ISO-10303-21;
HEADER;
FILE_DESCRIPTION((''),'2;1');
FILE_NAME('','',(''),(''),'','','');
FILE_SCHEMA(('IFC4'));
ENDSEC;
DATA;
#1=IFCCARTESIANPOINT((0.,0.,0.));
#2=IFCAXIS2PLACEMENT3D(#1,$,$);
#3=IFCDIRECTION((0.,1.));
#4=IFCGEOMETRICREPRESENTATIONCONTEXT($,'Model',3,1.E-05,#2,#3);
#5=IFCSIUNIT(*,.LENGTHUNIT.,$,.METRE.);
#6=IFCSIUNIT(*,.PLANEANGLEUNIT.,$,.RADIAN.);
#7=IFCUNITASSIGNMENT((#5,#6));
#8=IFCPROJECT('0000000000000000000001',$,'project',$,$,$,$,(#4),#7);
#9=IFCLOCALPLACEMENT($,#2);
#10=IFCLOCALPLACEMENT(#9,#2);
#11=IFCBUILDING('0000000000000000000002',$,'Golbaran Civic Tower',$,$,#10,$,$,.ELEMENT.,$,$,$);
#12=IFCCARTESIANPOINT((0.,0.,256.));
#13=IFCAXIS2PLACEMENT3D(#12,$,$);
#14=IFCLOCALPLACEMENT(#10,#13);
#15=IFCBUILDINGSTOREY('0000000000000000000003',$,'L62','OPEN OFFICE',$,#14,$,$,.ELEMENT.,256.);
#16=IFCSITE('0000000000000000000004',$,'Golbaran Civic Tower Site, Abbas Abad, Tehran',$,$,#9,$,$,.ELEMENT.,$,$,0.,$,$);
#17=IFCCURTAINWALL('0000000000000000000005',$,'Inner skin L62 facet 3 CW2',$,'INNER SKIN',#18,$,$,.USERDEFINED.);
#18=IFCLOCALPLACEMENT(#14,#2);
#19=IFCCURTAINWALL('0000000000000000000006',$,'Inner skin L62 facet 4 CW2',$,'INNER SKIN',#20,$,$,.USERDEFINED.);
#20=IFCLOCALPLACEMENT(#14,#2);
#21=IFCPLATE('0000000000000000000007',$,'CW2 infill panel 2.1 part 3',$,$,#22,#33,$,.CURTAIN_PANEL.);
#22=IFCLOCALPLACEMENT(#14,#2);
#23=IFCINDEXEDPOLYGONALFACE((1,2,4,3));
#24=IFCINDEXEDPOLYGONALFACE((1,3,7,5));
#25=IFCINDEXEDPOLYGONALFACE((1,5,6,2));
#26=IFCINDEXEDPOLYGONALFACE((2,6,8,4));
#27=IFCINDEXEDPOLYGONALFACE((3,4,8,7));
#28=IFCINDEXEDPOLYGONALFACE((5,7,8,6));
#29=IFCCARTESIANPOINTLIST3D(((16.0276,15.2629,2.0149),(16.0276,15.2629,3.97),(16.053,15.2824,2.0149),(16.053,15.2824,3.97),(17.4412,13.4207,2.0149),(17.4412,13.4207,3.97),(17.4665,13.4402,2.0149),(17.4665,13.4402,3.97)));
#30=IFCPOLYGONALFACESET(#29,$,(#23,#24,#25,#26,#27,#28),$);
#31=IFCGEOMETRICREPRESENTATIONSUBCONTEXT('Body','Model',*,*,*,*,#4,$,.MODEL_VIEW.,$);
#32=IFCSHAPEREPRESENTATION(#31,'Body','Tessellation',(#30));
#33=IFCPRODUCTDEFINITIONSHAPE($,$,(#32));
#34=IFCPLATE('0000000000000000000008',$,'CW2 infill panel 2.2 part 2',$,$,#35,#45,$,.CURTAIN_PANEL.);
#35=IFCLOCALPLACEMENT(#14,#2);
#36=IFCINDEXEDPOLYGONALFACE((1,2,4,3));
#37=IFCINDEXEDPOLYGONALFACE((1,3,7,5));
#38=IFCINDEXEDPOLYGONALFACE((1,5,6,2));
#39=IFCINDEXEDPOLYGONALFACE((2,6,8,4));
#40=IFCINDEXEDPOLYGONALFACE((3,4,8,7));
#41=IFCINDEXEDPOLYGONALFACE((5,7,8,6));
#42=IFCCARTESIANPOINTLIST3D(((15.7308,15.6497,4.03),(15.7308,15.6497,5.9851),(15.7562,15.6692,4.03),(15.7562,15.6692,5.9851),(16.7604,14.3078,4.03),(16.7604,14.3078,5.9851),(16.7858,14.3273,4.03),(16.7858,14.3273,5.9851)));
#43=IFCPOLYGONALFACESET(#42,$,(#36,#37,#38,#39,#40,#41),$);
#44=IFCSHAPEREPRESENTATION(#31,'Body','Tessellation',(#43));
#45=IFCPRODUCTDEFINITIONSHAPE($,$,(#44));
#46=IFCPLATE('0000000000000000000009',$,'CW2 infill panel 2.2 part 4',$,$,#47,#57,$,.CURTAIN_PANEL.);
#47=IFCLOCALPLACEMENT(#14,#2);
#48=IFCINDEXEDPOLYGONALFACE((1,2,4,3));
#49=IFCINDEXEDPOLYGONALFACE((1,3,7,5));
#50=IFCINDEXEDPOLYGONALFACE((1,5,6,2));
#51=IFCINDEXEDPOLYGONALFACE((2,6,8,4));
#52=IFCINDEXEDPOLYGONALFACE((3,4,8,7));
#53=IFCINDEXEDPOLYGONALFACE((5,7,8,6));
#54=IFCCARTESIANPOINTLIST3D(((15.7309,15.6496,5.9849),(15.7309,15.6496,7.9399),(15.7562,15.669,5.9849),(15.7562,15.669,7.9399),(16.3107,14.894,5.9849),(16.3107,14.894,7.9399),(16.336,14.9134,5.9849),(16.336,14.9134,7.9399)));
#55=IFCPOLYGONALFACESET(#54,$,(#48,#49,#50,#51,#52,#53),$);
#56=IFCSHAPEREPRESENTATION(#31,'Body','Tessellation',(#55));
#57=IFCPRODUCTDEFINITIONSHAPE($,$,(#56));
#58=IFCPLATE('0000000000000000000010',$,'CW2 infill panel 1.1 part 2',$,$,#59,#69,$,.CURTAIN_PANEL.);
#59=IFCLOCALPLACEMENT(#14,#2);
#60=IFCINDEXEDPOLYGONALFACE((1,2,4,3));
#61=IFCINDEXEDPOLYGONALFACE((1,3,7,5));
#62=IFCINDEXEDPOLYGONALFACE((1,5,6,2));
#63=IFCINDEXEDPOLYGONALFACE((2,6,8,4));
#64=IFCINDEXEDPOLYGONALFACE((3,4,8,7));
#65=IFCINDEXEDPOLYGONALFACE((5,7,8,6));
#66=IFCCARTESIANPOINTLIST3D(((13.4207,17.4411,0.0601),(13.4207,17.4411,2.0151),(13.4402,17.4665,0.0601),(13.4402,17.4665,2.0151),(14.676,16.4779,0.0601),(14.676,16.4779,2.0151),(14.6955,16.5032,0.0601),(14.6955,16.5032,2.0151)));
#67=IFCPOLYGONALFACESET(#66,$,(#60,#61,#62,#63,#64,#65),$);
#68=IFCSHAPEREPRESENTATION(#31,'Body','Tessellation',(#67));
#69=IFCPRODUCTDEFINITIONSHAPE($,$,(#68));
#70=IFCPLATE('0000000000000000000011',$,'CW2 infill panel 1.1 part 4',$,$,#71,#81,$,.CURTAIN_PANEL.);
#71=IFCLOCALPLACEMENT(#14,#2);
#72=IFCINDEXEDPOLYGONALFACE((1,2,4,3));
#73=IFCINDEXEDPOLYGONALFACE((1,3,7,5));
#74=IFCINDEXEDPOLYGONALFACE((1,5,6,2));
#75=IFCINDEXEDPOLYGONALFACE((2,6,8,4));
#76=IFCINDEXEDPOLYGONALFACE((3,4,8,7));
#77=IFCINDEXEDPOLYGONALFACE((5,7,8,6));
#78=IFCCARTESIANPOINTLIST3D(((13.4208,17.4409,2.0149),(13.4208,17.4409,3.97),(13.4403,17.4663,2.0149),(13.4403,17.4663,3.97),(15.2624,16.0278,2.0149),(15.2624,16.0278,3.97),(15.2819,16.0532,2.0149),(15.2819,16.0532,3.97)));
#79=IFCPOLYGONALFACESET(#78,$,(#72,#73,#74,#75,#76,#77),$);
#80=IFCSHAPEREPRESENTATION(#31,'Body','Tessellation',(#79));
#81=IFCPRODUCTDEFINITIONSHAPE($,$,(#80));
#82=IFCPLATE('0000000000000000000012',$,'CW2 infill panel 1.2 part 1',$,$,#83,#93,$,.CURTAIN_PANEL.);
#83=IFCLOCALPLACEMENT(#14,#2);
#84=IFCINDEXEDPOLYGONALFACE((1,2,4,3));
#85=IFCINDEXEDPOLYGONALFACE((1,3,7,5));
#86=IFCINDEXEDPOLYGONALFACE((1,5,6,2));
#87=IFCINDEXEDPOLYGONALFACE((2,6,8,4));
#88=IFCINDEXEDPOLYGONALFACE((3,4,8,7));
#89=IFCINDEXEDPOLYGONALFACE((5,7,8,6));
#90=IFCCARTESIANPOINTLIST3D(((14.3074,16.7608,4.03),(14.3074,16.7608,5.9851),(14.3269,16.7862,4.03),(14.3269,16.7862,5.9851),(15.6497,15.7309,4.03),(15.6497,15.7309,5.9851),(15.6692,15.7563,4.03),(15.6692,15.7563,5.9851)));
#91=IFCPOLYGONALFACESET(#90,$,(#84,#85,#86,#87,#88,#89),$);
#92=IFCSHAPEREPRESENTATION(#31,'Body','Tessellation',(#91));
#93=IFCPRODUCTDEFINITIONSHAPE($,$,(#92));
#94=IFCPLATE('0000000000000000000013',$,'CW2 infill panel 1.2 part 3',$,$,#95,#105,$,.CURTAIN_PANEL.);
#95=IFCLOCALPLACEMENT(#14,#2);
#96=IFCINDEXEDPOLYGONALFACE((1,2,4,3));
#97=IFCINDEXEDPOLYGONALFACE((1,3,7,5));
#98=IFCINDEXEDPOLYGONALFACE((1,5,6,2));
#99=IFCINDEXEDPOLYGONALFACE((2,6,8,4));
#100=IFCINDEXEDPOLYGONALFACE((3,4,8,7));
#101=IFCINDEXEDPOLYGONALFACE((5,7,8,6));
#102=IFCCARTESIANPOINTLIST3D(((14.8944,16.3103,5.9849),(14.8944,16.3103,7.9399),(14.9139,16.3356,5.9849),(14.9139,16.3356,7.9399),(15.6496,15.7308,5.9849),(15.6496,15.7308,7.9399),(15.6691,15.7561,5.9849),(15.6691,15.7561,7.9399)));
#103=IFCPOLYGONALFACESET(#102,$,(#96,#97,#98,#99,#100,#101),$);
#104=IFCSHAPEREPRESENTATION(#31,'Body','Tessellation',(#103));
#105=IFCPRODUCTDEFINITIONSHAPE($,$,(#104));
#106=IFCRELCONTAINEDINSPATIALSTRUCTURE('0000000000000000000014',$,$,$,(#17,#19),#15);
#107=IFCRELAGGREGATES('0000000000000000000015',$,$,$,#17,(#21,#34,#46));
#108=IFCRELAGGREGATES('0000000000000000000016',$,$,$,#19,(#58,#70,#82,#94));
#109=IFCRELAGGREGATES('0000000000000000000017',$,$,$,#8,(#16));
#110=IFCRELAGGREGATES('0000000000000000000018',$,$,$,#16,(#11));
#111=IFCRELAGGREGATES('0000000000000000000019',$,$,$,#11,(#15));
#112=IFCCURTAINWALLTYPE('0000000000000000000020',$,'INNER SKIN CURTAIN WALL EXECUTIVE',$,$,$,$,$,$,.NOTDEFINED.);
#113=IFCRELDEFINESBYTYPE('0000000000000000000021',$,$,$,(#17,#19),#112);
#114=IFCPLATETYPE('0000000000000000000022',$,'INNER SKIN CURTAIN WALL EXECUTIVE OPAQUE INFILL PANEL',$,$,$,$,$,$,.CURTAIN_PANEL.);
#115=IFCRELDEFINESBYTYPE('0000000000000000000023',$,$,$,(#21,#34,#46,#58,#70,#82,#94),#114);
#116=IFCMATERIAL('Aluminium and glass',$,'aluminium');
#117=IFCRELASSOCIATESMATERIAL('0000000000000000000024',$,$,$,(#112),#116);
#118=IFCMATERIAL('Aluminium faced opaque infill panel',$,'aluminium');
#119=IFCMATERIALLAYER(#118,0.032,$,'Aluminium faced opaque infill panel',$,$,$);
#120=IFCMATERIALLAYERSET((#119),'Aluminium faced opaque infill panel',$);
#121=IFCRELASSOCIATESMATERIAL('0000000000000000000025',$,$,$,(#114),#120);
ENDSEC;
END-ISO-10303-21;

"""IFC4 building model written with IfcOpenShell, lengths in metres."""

from ifc_helpers import new_model, si_unit, direction, frame, origin, origin_2d, place, context, subcontext, project, spatial, rectangle, extrude, material, layer, layer_set, type_object, element, aggregate, save


model = new_model("IFC4")

# Units and contexts
model_context = context("Model", 3, precision=1e-05, world=origin(), true_north=direction((0.0, 1.0)))
body_context = subcontext(model_context, "Body", "Model", "MODEL_VIEW")
ifc_project = project(units=[si_unit("LENGTHUNIT", "METRE"), si_unit("PLANEANGLEUNIT", "RADIAN")], contexts=[model_context])

# Site, building, storey
site_placement = place(None, origin())
site = spatial("IfcSite", under=ifc_project, at=site_placement, Name="Golbaran Civic Tower Site, Abbas Abad, Tehran", CompositionType="ELEMENT", RefElevation=0.0)
building_placement = place(site_placement, origin())
building = spatial("IfcBuilding", under=site, at=building_placement, Name="Golbaran Civic Tower", CompositionType="ELEMENT")
storey_placement = place(building_placement, frame((0.0, 0.0, 256.0)))
storey = spatial("IfcBuildingStorey", under=building, at=storey_placement, Name="L62", Description="OPEN OFFICE", CompositionType="ELEMENT", Elevation=256.0)

# Curtain wall
ifc_material_1 = material(Name="Aluminium and glass", Category="aluminium")
curtain_wall_type = type_object("IfcCurtainWallType", Name="INNER SKIN CURTAIN WALL EXECUTIVE", PredefinedType="NOTDEFINED", material=ifc_material_1)
curtain_wall_1_placement = place(storey_placement, origin())
curtain_wall_1 = element("IfcCurtainWall", 1, at=curtain_wall_1_placement, inside=storey, type_object=curtain_wall_type, Name="Inner skin L62 facet 3 CW2", ObjectType="INNER SKIN", PredefinedType="USERDEFINED")

# Curtain wall
curtain_wall_2_placement = place(storey_placement, origin())
curtain_wall_2 = element("IfcCurtainWall", 2, at=curtain_wall_2_placement, inside=storey, type_object=curtain_wall_type, Name="Inner skin L62 facet 4 CW2", ObjectType="INNER SKIN", PredefinedType="USERDEFINED")

# Plates
ifc_material_2 = material(Name="Aluminium faced opaque infill panel", Category="aluminium")
ifc_layer_1 = layer(ifc_material_2, 0.032, Name="Aluminium faced opaque infill panel")
ifc_layer_set_1 = layer_set([ifc_layer_1], Name="Aluminium faced opaque infill panel")
plate_type_1 = type_object("IfcPlateType", Name="INNER SKIN CURTAIN WALL EXECUTIVE OPAQUE INFILL PANEL", PredefinedType="CURTAIN_PANEL", material=ifc_layer_set_1)
plate_1_placement = place(storey_placement, frame((16.7471, 14.3516, 2.0149), z_axis=(0.0, 0.0, 1.0), x_axis=(-0.608761, 0.793353, 0.0)))
plate_1 = element("IfcPlate", 3, at=plate_1_placement, type_object=plate_type_1, Name="CW2 infill panel 2.1 part 3", PredefinedType="CURTAIN_PANEL", context=body_context, shape_type="SweptSolid", body=[
    extrude(rectangle(XDim=2.322, YDim=0.032, at=origin_2d()), origin(), (0.0, 0.0, 1.0), 1.9551),
])
plate_2_placement = place(storey_placement, frame((16.2583, 14.9885, 4.03), z_axis=(0.0, 0.0, 1.0), x_axis=(-0.608761, 0.793353, 0.0)))
plate_2 = element("IfcPlate", 4, at=plate_2_placement, type_object=plate_type_1, Name="CW2 infill panel 2.2 part 2", PredefinedType="CURTAIN_PANEL", context=body_context, shape_type="SweptSolid", body=[
    extrude(rectangle(XDim=1.6914, YDim=0.032, at=origin_2d()), origin(), (0.0, 0.0, 1.0), 1.9551),
])
plate_3_placement = place(storey_placement, frame((16.0334, 15.2815, 5.9849), z_axis=(0.0, 0.0, 1.0), x_axis=(-0.608761, 0.793353, 0.0)))
plate_3 = element("IfcPlate", 5, at=plate_3_placement, type_object=plate_type_1, Name="CW2 infill panel 2.2 part 4", PredefinedType="CURTAIN_PANEL", context=body_context, shape_type="SweptSolid", body=[
    extrude(rectangle(XDim=0.9524, YDim=0.032, at=origin_2d()), origin(), (0.0, 0.0, 1.0), 1.9551),
])
aggregate(curtain_wall_1, [plate_1, plate_2, plate_3])
plate_4_placement = place(storey_placement, frame((14.0581, 16.9722, 0.0601), z_axis=(0.0, 0.0, 1.0), x_axis=(-0.793353, 0.608761, 0.0)))
plate_4 = element("IfcPlate", 6, at=plate_4_placement, type_object=plate_type_1, Name="CW2 infill panel 1.1 part 2", PredefinedType="CURTAIN_PANEL", context=body_context, shape_type="SweptSolid", body=[
    extrude(rectangle(XDim=1.5823, YDim=0.032, at=origin_2d()), origin(), (0.0, 0.0, 1.0), 1.9551),
])
plate_5_placement = place(storey_placement, frame((14.3513, 16.7471, 2.0149), z_axis=(0.0, 0.0, 1.0), x_axis=(-0.793353, 0.608761, 0.0)))
plate_5 = element("IfcPlate", 7, at=plate_5_placement, type_object=plate_type_1, Name="CW2 infill panel 1.1 part 4", PredefinedType="CURTAIN_PANEL", context=body_context, shape_type="SweptSolid", body=[
    extrude(rectangle(XDim=2.3213, YDim=0.032, at=origin_2d()), origin(), (0.0, 0.0, 1.0), 1.9551),
])
plate_6_placement = place(storey_placement, frame((14.9883, 16.2585, 4.03), z_axis=(0.0, 0.0, 1.0), x_axis=(-0.793353, 0.608761, 0.0)))
plate_6 = element("IfcPlate", 8, at=plate_6_placement, type_object=plate_type_1, Name="CW2 infill panel 1.2 part 1", PredefinedType="CURTAIN_PANEL", context=body_context, shape_type="SweptSolid", body=[
    extrude(rectangle(XDim=1.6919, YDim=0.032, at=origin_2d()), origin(), (0.0, 0.0, 1.0), 1.9551),
])
plate_7_placement = place(storey_placement, frame((15.2817, 16.0332, 5.9849), z_axis=(0.0, 0.0, 1.0), x_axis=(-0.793353, 0.608761, 0.0)))
plate_7 = element("IfcPlate", 9, at=plate_7_placement, type_object=plate_type_1, Name="CW2 infill panel 1.2 part 3", PredefinedType="CURTAIN_PANEL", context=body_context, shape_type="SweptSolid", body=[
    extrude(rectangle(XDim=0.9519, YDim=0.032, at=origin_2d()), origin(), (0.0, 0.0, 1.0), 1.9551),
])
aggregate(curtain_wall_2, [plate_4, plate_5, plate_6, plate_7])

save(model, "model.ifc")
